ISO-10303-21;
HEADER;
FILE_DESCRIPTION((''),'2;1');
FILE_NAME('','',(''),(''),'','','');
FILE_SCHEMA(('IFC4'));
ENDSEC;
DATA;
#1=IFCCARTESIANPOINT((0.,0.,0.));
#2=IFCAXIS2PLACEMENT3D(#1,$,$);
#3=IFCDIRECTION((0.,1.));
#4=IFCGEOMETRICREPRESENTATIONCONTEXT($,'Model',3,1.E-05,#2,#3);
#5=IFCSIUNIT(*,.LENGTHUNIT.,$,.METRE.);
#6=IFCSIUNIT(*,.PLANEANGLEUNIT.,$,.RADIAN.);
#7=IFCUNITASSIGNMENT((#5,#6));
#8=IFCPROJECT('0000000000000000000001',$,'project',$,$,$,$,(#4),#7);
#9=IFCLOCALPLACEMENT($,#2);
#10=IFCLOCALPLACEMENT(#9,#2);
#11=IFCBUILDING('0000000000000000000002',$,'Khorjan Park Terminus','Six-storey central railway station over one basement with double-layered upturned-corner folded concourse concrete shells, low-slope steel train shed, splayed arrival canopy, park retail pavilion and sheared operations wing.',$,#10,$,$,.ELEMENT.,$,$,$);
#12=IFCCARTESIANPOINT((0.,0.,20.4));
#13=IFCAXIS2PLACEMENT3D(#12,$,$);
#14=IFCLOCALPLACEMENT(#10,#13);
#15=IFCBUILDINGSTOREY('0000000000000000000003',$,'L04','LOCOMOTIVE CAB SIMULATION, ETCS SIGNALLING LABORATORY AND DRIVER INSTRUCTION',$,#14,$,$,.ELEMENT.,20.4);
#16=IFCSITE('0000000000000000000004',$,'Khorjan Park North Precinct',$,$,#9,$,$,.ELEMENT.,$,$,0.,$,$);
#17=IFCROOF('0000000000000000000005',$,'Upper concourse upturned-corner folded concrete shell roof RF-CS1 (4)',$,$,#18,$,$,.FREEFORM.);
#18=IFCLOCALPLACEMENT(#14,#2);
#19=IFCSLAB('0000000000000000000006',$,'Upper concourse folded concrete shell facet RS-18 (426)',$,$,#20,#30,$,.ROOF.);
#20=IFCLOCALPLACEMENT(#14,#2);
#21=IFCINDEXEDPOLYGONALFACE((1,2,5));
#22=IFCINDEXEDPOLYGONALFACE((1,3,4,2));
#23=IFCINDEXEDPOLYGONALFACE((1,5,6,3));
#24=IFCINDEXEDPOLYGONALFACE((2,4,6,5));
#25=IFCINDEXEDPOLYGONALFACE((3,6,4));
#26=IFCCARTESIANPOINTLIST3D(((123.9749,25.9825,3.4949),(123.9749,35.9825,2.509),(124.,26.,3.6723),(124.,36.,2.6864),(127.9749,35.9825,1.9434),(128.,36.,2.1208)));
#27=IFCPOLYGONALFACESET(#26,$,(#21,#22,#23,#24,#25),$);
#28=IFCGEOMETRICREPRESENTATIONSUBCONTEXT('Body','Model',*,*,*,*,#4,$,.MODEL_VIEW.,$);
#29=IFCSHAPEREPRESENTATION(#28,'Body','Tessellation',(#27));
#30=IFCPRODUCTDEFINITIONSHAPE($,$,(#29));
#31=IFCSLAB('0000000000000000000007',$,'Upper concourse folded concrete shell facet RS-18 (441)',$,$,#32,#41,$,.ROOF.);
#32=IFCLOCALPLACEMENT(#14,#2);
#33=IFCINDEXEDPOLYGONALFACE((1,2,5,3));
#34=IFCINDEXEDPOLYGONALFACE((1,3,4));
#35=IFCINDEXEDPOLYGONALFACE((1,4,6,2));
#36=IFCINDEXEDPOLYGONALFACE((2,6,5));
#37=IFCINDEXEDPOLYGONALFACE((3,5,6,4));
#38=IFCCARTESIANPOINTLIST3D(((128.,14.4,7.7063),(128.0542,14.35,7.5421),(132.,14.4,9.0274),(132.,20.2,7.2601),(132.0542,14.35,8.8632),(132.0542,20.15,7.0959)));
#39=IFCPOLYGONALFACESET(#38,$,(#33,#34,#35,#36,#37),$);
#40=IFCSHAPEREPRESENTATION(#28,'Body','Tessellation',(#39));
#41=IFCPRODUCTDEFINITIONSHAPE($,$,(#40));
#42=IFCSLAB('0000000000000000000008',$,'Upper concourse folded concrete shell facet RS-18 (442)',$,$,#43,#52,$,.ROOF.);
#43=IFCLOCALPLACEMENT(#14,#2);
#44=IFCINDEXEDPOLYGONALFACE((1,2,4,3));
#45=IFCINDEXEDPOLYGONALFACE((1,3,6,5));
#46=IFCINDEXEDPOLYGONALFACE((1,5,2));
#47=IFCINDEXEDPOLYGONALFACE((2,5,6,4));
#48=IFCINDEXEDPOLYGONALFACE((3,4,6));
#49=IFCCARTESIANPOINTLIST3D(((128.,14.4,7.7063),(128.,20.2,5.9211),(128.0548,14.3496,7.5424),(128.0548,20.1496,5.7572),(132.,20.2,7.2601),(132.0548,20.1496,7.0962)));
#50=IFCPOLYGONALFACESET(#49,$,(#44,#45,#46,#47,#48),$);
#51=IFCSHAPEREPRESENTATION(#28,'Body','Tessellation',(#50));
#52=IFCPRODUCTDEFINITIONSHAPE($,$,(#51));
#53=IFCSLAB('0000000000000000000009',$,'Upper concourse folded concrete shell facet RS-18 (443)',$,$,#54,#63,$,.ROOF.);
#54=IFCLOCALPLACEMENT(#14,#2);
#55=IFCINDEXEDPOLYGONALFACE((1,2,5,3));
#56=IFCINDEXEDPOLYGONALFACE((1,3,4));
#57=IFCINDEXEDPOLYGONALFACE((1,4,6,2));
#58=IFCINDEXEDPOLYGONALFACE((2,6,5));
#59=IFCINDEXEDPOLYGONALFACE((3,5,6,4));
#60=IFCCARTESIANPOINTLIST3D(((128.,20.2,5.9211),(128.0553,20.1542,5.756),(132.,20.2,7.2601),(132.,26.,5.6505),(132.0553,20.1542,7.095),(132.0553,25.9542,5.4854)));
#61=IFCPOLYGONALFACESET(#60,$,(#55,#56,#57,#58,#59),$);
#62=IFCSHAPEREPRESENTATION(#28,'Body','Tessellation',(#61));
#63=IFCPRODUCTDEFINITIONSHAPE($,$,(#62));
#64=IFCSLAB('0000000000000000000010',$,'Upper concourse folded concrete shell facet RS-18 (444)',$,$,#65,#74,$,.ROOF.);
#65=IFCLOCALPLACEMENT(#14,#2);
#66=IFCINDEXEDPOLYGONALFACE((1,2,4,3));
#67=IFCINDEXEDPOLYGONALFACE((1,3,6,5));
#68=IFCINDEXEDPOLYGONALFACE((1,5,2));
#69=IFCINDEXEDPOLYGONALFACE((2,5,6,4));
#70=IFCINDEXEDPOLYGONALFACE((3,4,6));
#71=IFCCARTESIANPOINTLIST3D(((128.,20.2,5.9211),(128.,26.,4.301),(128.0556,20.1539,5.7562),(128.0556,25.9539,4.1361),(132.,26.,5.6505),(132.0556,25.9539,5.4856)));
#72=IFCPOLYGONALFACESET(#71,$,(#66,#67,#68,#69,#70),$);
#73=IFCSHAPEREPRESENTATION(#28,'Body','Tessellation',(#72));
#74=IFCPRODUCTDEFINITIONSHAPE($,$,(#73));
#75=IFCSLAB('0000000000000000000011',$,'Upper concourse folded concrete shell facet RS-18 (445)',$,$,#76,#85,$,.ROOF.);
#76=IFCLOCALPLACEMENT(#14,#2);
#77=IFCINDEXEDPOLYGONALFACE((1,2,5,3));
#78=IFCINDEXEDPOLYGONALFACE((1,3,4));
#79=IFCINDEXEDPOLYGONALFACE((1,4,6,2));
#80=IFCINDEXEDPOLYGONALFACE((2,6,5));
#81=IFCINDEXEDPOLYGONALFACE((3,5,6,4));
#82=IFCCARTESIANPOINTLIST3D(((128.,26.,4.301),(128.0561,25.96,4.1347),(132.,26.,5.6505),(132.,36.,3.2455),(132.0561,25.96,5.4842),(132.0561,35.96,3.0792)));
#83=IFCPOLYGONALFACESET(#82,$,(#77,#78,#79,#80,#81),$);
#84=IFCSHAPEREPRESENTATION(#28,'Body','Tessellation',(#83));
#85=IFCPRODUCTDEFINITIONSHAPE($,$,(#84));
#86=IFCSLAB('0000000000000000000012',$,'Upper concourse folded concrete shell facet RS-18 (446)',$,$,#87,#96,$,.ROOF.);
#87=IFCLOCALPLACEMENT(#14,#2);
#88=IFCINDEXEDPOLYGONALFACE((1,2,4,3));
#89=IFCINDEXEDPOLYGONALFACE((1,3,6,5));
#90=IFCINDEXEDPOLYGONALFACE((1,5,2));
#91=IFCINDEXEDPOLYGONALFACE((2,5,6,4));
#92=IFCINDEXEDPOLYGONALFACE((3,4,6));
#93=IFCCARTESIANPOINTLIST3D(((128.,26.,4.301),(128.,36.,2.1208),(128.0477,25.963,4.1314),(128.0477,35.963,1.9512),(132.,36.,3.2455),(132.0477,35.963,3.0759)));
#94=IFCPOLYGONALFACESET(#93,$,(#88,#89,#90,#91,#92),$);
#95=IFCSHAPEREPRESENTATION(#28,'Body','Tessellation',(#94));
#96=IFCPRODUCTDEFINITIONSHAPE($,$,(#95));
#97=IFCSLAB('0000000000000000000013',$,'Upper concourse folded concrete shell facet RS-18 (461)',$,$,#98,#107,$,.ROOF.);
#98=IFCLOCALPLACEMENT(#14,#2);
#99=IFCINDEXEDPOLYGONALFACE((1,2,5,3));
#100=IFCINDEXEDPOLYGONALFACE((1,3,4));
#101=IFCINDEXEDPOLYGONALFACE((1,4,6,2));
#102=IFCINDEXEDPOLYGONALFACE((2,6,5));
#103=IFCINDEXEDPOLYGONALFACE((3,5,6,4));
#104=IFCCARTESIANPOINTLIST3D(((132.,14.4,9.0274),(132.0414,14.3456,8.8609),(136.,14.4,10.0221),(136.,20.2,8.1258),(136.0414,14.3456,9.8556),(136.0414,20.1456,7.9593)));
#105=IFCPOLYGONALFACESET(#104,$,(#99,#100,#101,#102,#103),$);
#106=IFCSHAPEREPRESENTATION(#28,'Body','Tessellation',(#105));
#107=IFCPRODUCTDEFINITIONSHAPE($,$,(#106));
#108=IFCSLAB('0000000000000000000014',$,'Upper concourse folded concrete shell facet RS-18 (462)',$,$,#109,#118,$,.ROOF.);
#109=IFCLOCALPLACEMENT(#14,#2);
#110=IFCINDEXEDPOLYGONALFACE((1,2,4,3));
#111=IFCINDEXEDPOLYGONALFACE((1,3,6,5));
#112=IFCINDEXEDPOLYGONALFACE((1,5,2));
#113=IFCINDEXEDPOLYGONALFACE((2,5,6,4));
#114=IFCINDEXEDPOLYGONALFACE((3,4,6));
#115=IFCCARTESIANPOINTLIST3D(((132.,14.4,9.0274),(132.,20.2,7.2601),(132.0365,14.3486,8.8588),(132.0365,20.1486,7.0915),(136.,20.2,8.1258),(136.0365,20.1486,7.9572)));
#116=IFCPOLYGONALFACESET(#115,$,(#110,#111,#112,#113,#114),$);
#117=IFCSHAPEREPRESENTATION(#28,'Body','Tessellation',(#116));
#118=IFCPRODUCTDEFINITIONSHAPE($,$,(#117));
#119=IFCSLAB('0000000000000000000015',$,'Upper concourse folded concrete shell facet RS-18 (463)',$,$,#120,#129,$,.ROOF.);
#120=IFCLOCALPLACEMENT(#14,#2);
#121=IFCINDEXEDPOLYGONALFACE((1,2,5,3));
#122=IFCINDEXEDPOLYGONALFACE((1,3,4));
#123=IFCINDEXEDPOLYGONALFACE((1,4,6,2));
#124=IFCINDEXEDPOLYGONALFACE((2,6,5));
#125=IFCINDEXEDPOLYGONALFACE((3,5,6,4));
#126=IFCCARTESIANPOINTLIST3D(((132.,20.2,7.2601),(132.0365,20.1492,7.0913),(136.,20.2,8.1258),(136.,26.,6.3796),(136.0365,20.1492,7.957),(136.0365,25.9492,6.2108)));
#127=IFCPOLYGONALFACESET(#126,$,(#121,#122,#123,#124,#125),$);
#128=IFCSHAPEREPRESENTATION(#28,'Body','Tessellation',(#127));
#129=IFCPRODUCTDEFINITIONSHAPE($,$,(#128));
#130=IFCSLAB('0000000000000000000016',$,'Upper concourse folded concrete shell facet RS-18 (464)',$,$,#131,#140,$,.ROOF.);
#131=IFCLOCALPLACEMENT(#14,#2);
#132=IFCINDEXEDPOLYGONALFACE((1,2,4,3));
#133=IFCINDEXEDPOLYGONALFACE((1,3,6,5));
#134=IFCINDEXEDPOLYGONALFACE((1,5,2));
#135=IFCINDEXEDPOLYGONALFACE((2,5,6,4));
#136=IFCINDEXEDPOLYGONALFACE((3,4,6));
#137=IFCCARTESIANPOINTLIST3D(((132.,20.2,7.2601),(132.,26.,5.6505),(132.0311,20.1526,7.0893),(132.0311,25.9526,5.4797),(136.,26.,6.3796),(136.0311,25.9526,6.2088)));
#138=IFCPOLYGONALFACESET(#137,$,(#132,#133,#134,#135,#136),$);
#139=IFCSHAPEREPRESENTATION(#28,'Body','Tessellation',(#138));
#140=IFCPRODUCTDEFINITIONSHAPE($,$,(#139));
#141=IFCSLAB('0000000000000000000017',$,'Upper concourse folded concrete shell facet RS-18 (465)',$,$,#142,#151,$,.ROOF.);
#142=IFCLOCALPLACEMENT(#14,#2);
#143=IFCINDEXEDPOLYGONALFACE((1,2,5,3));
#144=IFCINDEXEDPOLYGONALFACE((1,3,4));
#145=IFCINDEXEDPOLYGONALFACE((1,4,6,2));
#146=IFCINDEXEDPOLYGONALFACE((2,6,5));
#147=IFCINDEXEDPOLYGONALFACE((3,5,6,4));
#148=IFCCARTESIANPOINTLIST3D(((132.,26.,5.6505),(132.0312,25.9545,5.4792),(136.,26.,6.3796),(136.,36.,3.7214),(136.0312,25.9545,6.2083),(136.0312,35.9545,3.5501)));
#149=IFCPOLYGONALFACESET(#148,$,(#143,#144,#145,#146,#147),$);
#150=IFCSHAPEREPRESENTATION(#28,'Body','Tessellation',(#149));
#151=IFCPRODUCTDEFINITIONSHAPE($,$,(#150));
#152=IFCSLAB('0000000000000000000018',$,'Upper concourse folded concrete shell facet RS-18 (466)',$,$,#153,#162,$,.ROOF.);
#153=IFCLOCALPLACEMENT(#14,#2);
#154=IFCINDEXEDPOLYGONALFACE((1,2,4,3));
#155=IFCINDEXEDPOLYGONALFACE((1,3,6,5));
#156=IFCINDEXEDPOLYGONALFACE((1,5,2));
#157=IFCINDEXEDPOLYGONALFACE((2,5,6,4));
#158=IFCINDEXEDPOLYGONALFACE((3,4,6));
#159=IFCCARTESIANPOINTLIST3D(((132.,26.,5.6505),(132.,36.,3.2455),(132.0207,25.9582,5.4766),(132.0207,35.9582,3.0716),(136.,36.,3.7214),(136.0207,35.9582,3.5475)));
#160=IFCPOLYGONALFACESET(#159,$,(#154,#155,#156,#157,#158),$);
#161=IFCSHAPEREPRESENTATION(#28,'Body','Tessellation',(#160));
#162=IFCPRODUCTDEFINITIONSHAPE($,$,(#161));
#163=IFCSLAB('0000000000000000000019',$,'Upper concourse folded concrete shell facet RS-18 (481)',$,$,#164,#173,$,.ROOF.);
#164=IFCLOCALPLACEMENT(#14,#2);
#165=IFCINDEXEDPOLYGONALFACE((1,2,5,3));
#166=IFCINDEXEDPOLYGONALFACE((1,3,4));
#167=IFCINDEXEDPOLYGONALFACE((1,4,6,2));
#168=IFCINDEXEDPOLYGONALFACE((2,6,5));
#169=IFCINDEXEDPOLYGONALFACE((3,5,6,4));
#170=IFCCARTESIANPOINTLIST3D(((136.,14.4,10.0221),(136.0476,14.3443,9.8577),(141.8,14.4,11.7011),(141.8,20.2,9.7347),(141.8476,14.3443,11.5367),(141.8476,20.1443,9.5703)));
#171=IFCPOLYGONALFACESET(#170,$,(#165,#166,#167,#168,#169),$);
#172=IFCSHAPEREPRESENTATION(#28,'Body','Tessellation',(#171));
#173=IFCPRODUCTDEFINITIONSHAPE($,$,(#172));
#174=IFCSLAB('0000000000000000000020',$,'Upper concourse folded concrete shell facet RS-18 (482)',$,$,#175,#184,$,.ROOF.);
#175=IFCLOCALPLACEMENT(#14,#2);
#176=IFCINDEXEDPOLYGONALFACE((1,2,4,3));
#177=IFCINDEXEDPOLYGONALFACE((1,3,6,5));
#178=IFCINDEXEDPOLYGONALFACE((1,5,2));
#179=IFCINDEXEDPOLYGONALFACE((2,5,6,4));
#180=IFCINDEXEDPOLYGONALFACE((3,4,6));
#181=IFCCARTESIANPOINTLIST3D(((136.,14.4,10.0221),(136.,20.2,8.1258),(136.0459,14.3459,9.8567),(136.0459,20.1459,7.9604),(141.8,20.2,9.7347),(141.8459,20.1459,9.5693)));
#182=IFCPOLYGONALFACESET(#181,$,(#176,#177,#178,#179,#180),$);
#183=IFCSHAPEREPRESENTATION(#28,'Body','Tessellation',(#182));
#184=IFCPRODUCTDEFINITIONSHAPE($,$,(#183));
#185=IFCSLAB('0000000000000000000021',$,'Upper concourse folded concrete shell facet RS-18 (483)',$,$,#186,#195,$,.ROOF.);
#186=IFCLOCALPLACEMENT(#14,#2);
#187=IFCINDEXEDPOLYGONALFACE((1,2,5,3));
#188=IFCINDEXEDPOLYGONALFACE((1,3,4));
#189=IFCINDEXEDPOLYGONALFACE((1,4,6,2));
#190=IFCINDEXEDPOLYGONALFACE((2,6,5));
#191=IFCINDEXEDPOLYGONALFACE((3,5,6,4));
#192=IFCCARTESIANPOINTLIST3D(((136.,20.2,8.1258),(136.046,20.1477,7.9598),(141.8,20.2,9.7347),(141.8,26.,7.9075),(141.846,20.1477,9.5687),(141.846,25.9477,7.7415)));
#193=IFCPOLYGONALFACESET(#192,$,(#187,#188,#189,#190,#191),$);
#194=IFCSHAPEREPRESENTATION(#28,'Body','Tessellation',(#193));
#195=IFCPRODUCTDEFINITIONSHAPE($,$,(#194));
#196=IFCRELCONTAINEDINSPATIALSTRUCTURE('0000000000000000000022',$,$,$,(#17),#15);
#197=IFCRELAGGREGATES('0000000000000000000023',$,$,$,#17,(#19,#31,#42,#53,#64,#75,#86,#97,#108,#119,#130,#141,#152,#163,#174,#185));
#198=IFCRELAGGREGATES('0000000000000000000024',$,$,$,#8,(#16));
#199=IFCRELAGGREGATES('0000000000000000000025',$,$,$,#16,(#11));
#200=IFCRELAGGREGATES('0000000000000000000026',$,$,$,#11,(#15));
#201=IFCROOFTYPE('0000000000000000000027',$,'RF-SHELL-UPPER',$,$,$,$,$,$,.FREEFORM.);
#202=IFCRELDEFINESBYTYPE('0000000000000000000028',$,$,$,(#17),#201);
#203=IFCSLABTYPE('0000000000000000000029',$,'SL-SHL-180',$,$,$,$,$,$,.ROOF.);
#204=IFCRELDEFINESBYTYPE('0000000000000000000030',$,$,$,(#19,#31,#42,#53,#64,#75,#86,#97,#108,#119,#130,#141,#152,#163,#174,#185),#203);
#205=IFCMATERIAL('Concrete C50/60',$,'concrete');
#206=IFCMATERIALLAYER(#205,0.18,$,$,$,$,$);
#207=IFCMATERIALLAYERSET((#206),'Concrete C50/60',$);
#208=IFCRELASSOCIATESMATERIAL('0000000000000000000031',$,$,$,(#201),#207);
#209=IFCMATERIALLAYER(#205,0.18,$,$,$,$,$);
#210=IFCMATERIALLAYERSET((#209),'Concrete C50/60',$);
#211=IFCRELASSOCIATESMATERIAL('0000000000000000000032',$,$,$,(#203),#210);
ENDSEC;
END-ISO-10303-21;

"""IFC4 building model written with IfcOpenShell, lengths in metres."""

from ifc_helpers import new_model, si_unit, direction, frame, origin, place, context, subcontext, project, spatial, polyline, outline, extrude, material, layer, layer_set, type_object, element, aggregate, save


model = new_model("IFC4")

# Units and contexts
model_context = context("Model", 3, precision=1e-05, world=origin(), true_north=direction((0.0, 1.0)))
body_context = subcontext(model_context, "Body", "Model", "MODEL_VIEW")
ifc_project = project(units=[si_unit("LENGTHUNIT", "METRE"), si_unit("PLANEANGLEUNIT", "RADIAN")], contexts=[model_context])

# Site, building, storey
site_placement = place(None, origin())
site = spatial("IfcSite", under=ifc_project, at=site_placement, Name="Khorjan Park North Precinct", CompositionType="ELEMENT", RefElevation=0.0)
building_placement = place(site_placement, origin())
building = spatial("IfcBuilding", under=site, at=building_placement, Name="Khorjan Park Terminus", Description="Six-storey central railway station over one basement with double-layered upturned-corner folded concourse concrete shells, low-slope steel train shed, splayed arrival canopy, park retail pavilion and sheared operations wing.", CompositionType="ELEMENT")
storey_placement = place(building_placement, frame((0.0, 0.0, 20.4)))
storey = spatial("IfcBuildingStorey", under=building, at=storey_placement, Name="L04", Description="LOCOMOTIVE CAB SIMULATION, ETCS SIGNALLING LABORATORY AND DRIVER INSTRUCTION", CompositionType="ELEMENT", Elevation=20.4)

# Roof, slabs
ifc_material = material(Name="Concrete C50/60", Category="concrete")
ifc_layer_1 = layer(ifc_material, 0.18)
ifc_layer_set_1 = layer_set([ifc_layer_1], Name="Concrete C50/60")
roof_type = type_object("IfcRoofType", Name="RF-SHELL-UPPER", PredefinedType="FREEFORM", material=ifc_layer_set_1)
ifc_layer_2 = layer(ifc_material, 0.18)
ifc_layer_set_2 = layer_set([ifc_layer_2], Name="Concrete C50/60")
slab_type = type_object("IfcSlabType", Name="SL-SHL-180", PredefinedType="ROOF", material=ifc_layer_set_2)
roof_1_placement = place(storey_placement, origin())
roof_1 = element("IfcRoof", 1, at=roof_1_placement, inside=storey, type_object=roof_type, Name="Upper concourse upturned-corner folded concrete shell roof RF-CS1 (4)", PredefinedType="FREEFORM")
slab_1_placement = place(storey_placement, frame((124.0, 26.0, 3.6723), z_axis=(0.139345, 0.097157, 0.985466), x_axis=(0.367596, 0.918991, -0.142581)))
slab_1 = element("IfcSlab", 2, at=slab_1_placement, type_object=slab_type, Name="Upper concourse folded concrete shell facet RS-18 (426)", PredefinedType="ROOF", context=body_context, shape_type="SweptSolid", body=[
    extrude(outline(polyline([(0.0, 0.0), (10.8815, 0.0), (9.3305, 3.7302), (0.0, 0.0)])), origin(), (0.0, 0.0, -1.0), 0.18),
])
slab_2_placement = place(storey_placement, frame((128.0, 14.4, 7.7063), z_axis=(-0.301257, 0.277935, 0.912139), x_axis=(0.949551, 0.0, 0.313613)))
slab_2 = element("IfcSlab", 3, at=slab_2_placement, type_object=slab_type, Name="Upper concourse folded concrete shell facet RS-18 (441)", PredefinedType="ROOF", context=body_context, shape_type="SweptSolid", body=[
    extrude(outline(polyline([(0.0, 0.0), (4.2125, 0.0), (3.6583, 6.0379), (0.0, 0.0)])), origin(), (0.0, 0.0, -1.0), 0.18),
])
slab_3_placement = place(storey_placement, frame((128.0, 14.4, 7.7063), z_axis=(-0.304722, 0.280183, 0.910298), x_axis=(0.566598, 0.821567, -0.063204)))
slab_3 = element("IfcSlab", 4, at=slab_3_placement, type_object=slab_type, Name="Upper concourse folded concrete shell facet RS-18 (442)", PredefinedType="ROOF", context=body_context, shape_type="SweptSolid", body=[
    extrude(outline(polyline([(0.0, 0.0), (7.0597, 0.0), (4.8779, 3.6101), (0.0, 0.0)])), origin(), (0.0, 0.0, -1.0), 0.18),
])
slab_4_placement = place(storey_placement, frame((128.0, 20.2, 5.9211), z_axis=(-0.306984, 0.254499, 0.917056), x_axis=(0.94828, 0.0, 0.317437)))
slab_4 = element("IfcSlab", 5, at=slab_4_placement, type_object=slab_type, Name="Upper concourse folded concrete shell facet RS-18 (443)", PredefinedType="ROOF", context=body_context, shape_type="SweptSolid", body=[
    extrude(outline(polyline([(0.0, 0.0), (4.2182, 0.0), (3.7072, 5.9975), (0.0, 0.0)])), origin(), (0.0, 0.0, -1.0), 0.18),
])
slab_5_placement = place(storey_placement, frame((128.0, 20.2, 5.9211), z_axis=(-0.309032, 0.255861, 0.915988), x_axis=(0.567315, 0.822606, -0.038379)))
slab_5 = element("IfcSlab", 6, at=slab_5_placement, type_object=slab_type, Name="Upper concourse folded concrete shell facet RS-18 (444)", PredefinedType="ROOF", context=body_context, shape_type="SweptSolid", body=[
    extrude(outline(polyline([(0.0, 0.0), (7.0508, 0.0), (4.8333, 3.5922), (0.0, 0.0)])), origin(), (0.0, 0.0, -1.0), 0.18),
])
slab_6_placement = place(storey_placement, frame((128.0, 26.0, 4.301), z_axis=(-0.311682, 0.222185, 0.923844), x_axis=(0.947528, 0.0, 0.319672)))
slab_6 = element("IfcSlab", 7, at=slab_6_placement, type_object=slab_type, Name="Upper concourse folded concrete shell facet RS-18 (445)", PredefinedType="ROOF", context=body_context, shape_type="SweptSolid", body=[
    extrude(outline(polyline([(0.0, 0.0), (4.2215, 0.0), (3.4527, 10.2564), (0.0, 0.0)])), origin(), (0.0, 0.0, -1.0), 0.18),
])
slab_7_placement = place(storey_placement, frame((128.0, 26.0, 4.301), z_axis=(-0.264907, 0.205406, 0.942143), x_axis=(0.36962, 0.92405, -0.097533)))
slab_7 = element("IfcSlab", 8, at=slab_7_placement, type_object=slab_type, Name="Upper concourse folded concrete shell facet RS-18 (446)", PredefinedType="ROOF", context=body_context, shape_type="SweptSolid", body=[
    extrude(outline(polyline([(0.0, 0.0), (10.8219, 0.0), (9.4531, 3.9232), (0.0, 0.0)])), origin(), (0.0, 0.0, -1.0), 0.18),
])
slab_8_placement = place(storey_placement, frame((132.0, 14.4, 9.0274), z_axis=(-0.230025, 0.302427, 0.925001), x_axis=(0.970444, 0.0, 0.241325)))
slab_8 = element("IfcSlab", 9, at=slab_8_placement, type_object=slab_type, Name="Upper concourse folded concrete shell facet RS-18 (461)", PredefinedType="ROOF", context=body_context, shape_type="SweptSolid", body=[
    extrude(outline(polyline([(0.0, 0.0), (4.1218, 0.0), (3.6642, 6.0849), (0.0, 0.0)])), origin(), (0.0, 0.0, -1.0), 0.18),
])
slab_9_placement = place(storey_placement, frame((132.0, 14.4, 9.0274), z_axis=(-0.202728, 0.285423, 0.936715), x_axis=(0.563141, 0.816554, -0.126932)))
slab_9 = element("IfcSlab", 10, at=slab_9_placement, type_object=slab_type, Name="Upper concourse folded concrete shell facet RS-18 (462)", PredefinedType="ROOF", context=body_context, shape_type="SweptSolid", body=[
    extrude(outline(polyline([(0.0, 0.0), (7.103, 0.0), (4.9603, 3.4869), (0.0, 0.0)])), origin(), (0.0, 0.0, -1.0), 0.18),
])
slab_10_placement = place(storey_placement, frame((132.0, 20.2, 7.2601), z_axis=(-0.202925, 0.282289, 0.937622), x_axis=(0.977372, 0.0, 0.211528)))
slab_10 = element("IfcSlab", 11, at=slab_10_placement, type_object=slab_type, Name="Upper concourse folded concrete shell facet RS-18 (463)", PredefinedType="ROOF", context=body_context, shape_type="SweptSolid", body=[
    extrude(outline(polyline([(0.0, 0.0), (4.0926, 0.0), (3.7232, 6.0459), (0.0, 0.0)])), origin(), (0.0, 0.0, -1.0), 0.18),
])
slab_11_placement = place(storey_placement, frame((132.0, 20.2, 7.2601), z_axis=(-0.172989, 0.263379, 0.949055), x_axis=(0.563351, 0.816859, -0.124008)))
slab_11 = element("IfcSlab", 12, at=slab_11_placement, type_object=slab_type, Name="Upper concourse folded concrete shell facet RS-18 (464)", PredefinedType="ROOF", context=body_context, shape_type="SweptSolid", body=[
    extrude(outline(polyline([(0.0, 0.0), (7.1004, 0.0), (4.9374, 3.4428), (0.0, 0.0)])), origin(), (0.0, 0.0, -1.0), 0.18),
])
slab_12_placement = place(storey_placement, frame((132.0, 26.0, 5.6505), z_axis=(-0.173486, 0.253003, 0.951784), x_axis=(0.983791, 0.0, 0.17932)))
slab_12 = element("IfcSlab", 13, at=slab_12_placement, type_object=slab_type, Name="Upper concourse folded concrete shell facet RS-18 (465)", PredefinedType="ROOF", context=body_context, shape_type="SweptSolid", body=[
    extrude(outline(polyline([(0.0, 0.0), (4.0659, 0.0), (3.5892, 10.3363), (0.0, 0.0)])), origin(), (0.0, 0.0, -1.0), 0.18),
])
slab_13_placement = place(storey_placement, frame((132.0, 26.0, 5.6505), z_axis=(-0.11491, 0.232284, 0.965836), x_axis=(0.365573, 0.913932, -0.176307)))
slab_13 = element("IfcSlab", 14, at=slab_13_placement, type_object=slab_type, Name="Upper concourse folded concrete shell facet RS-18 (466)", PredefinedType="ROOF", context=body_context, shape_type="SweptSolid", body=[
    extrude(outline(polyline([(0.0, 0.0), (10.9417, 0.0), (9.5633, 3.785), (0.0, 0.0)])), origin(), (0.0, 0.0, -1.0), 0.18),
])
slab_14_placement = place(storey_placement, frame((136.0, 14.4, 10.0221), z_axis=(-0.264399, 0.309657, 0.913349), x_axis=(0.960562, 0.0, 0.278066)))
slab_14 = element("IfcSlab", 15, at=slab_14_placement, type_object=slab_type, Name="Upper concourse folded concrete shell facet RS-18 (481)", PredefinedType="ROOF", context=body_context, shape_type="SweptSolid", body=[
    extrude(outline(polyline([(0.0, 0.0), (6.0381, 0.0), (5.4913, 6.0998), (0.0, 0.0)])), origin(), (0.0, 0.0, -1.0), 0.18),
])
slab_15_placement = place(storey_placement, frame((136.0, 14.4, 10.0221), z_axis=(-0.254949, 0.300491, 0.919079), x_axis=(0.706673, 0.706673, -0.035017)))
slab_15 = element("IfcSlab", 16, at=slab_15_placement, type_object=slab_type, Name="Upper concourse folded concrete shell facet RS-18 (482)", PredefinedType="ROOF", context=body_context, shape_type="SweptSolid", body=[
    extrude(outline(polyline([(0.0, 0.0), (8.2075, 0.0), (4.1651, 4.4596), (0.0, 0.0)])), origin(), (0.0, 0.0, -1.0), 0.18),
])
slab_16_placement = place(storey_placement, frame((136.0, 20.2, 8.1258), z_axis=(-0.255777, 0.290481, 0.922062), x_axis=(0.963613, 0.0, 0.267303)))
slab_16 = element("IfcSlab", 17, at=slab_16_placement, type_object=slab_type, Name="Upper concourse folded concrete shell facet RS-18 (483)", PredefinedType="ROOF", context=body_context, shape_type="SweptSolid", body=[
    extrude(outline(polyline([(0.0, 0.0), (6.019, 0.0), (5.5306, 6.0614), (0.0, 0.0)])), origin(), (0.0, 0.0, -1.0), 0.18),
])
aggregate(roof_1, [slab_1, slab_2, slab_3, slab_4, slab_5, slab_6, slab_7, slab_8, slab_9, slab_10, slab_11, slab_12, slab_13, slab_14, slab_15, slab_16])

save(model, "model.ifc")
